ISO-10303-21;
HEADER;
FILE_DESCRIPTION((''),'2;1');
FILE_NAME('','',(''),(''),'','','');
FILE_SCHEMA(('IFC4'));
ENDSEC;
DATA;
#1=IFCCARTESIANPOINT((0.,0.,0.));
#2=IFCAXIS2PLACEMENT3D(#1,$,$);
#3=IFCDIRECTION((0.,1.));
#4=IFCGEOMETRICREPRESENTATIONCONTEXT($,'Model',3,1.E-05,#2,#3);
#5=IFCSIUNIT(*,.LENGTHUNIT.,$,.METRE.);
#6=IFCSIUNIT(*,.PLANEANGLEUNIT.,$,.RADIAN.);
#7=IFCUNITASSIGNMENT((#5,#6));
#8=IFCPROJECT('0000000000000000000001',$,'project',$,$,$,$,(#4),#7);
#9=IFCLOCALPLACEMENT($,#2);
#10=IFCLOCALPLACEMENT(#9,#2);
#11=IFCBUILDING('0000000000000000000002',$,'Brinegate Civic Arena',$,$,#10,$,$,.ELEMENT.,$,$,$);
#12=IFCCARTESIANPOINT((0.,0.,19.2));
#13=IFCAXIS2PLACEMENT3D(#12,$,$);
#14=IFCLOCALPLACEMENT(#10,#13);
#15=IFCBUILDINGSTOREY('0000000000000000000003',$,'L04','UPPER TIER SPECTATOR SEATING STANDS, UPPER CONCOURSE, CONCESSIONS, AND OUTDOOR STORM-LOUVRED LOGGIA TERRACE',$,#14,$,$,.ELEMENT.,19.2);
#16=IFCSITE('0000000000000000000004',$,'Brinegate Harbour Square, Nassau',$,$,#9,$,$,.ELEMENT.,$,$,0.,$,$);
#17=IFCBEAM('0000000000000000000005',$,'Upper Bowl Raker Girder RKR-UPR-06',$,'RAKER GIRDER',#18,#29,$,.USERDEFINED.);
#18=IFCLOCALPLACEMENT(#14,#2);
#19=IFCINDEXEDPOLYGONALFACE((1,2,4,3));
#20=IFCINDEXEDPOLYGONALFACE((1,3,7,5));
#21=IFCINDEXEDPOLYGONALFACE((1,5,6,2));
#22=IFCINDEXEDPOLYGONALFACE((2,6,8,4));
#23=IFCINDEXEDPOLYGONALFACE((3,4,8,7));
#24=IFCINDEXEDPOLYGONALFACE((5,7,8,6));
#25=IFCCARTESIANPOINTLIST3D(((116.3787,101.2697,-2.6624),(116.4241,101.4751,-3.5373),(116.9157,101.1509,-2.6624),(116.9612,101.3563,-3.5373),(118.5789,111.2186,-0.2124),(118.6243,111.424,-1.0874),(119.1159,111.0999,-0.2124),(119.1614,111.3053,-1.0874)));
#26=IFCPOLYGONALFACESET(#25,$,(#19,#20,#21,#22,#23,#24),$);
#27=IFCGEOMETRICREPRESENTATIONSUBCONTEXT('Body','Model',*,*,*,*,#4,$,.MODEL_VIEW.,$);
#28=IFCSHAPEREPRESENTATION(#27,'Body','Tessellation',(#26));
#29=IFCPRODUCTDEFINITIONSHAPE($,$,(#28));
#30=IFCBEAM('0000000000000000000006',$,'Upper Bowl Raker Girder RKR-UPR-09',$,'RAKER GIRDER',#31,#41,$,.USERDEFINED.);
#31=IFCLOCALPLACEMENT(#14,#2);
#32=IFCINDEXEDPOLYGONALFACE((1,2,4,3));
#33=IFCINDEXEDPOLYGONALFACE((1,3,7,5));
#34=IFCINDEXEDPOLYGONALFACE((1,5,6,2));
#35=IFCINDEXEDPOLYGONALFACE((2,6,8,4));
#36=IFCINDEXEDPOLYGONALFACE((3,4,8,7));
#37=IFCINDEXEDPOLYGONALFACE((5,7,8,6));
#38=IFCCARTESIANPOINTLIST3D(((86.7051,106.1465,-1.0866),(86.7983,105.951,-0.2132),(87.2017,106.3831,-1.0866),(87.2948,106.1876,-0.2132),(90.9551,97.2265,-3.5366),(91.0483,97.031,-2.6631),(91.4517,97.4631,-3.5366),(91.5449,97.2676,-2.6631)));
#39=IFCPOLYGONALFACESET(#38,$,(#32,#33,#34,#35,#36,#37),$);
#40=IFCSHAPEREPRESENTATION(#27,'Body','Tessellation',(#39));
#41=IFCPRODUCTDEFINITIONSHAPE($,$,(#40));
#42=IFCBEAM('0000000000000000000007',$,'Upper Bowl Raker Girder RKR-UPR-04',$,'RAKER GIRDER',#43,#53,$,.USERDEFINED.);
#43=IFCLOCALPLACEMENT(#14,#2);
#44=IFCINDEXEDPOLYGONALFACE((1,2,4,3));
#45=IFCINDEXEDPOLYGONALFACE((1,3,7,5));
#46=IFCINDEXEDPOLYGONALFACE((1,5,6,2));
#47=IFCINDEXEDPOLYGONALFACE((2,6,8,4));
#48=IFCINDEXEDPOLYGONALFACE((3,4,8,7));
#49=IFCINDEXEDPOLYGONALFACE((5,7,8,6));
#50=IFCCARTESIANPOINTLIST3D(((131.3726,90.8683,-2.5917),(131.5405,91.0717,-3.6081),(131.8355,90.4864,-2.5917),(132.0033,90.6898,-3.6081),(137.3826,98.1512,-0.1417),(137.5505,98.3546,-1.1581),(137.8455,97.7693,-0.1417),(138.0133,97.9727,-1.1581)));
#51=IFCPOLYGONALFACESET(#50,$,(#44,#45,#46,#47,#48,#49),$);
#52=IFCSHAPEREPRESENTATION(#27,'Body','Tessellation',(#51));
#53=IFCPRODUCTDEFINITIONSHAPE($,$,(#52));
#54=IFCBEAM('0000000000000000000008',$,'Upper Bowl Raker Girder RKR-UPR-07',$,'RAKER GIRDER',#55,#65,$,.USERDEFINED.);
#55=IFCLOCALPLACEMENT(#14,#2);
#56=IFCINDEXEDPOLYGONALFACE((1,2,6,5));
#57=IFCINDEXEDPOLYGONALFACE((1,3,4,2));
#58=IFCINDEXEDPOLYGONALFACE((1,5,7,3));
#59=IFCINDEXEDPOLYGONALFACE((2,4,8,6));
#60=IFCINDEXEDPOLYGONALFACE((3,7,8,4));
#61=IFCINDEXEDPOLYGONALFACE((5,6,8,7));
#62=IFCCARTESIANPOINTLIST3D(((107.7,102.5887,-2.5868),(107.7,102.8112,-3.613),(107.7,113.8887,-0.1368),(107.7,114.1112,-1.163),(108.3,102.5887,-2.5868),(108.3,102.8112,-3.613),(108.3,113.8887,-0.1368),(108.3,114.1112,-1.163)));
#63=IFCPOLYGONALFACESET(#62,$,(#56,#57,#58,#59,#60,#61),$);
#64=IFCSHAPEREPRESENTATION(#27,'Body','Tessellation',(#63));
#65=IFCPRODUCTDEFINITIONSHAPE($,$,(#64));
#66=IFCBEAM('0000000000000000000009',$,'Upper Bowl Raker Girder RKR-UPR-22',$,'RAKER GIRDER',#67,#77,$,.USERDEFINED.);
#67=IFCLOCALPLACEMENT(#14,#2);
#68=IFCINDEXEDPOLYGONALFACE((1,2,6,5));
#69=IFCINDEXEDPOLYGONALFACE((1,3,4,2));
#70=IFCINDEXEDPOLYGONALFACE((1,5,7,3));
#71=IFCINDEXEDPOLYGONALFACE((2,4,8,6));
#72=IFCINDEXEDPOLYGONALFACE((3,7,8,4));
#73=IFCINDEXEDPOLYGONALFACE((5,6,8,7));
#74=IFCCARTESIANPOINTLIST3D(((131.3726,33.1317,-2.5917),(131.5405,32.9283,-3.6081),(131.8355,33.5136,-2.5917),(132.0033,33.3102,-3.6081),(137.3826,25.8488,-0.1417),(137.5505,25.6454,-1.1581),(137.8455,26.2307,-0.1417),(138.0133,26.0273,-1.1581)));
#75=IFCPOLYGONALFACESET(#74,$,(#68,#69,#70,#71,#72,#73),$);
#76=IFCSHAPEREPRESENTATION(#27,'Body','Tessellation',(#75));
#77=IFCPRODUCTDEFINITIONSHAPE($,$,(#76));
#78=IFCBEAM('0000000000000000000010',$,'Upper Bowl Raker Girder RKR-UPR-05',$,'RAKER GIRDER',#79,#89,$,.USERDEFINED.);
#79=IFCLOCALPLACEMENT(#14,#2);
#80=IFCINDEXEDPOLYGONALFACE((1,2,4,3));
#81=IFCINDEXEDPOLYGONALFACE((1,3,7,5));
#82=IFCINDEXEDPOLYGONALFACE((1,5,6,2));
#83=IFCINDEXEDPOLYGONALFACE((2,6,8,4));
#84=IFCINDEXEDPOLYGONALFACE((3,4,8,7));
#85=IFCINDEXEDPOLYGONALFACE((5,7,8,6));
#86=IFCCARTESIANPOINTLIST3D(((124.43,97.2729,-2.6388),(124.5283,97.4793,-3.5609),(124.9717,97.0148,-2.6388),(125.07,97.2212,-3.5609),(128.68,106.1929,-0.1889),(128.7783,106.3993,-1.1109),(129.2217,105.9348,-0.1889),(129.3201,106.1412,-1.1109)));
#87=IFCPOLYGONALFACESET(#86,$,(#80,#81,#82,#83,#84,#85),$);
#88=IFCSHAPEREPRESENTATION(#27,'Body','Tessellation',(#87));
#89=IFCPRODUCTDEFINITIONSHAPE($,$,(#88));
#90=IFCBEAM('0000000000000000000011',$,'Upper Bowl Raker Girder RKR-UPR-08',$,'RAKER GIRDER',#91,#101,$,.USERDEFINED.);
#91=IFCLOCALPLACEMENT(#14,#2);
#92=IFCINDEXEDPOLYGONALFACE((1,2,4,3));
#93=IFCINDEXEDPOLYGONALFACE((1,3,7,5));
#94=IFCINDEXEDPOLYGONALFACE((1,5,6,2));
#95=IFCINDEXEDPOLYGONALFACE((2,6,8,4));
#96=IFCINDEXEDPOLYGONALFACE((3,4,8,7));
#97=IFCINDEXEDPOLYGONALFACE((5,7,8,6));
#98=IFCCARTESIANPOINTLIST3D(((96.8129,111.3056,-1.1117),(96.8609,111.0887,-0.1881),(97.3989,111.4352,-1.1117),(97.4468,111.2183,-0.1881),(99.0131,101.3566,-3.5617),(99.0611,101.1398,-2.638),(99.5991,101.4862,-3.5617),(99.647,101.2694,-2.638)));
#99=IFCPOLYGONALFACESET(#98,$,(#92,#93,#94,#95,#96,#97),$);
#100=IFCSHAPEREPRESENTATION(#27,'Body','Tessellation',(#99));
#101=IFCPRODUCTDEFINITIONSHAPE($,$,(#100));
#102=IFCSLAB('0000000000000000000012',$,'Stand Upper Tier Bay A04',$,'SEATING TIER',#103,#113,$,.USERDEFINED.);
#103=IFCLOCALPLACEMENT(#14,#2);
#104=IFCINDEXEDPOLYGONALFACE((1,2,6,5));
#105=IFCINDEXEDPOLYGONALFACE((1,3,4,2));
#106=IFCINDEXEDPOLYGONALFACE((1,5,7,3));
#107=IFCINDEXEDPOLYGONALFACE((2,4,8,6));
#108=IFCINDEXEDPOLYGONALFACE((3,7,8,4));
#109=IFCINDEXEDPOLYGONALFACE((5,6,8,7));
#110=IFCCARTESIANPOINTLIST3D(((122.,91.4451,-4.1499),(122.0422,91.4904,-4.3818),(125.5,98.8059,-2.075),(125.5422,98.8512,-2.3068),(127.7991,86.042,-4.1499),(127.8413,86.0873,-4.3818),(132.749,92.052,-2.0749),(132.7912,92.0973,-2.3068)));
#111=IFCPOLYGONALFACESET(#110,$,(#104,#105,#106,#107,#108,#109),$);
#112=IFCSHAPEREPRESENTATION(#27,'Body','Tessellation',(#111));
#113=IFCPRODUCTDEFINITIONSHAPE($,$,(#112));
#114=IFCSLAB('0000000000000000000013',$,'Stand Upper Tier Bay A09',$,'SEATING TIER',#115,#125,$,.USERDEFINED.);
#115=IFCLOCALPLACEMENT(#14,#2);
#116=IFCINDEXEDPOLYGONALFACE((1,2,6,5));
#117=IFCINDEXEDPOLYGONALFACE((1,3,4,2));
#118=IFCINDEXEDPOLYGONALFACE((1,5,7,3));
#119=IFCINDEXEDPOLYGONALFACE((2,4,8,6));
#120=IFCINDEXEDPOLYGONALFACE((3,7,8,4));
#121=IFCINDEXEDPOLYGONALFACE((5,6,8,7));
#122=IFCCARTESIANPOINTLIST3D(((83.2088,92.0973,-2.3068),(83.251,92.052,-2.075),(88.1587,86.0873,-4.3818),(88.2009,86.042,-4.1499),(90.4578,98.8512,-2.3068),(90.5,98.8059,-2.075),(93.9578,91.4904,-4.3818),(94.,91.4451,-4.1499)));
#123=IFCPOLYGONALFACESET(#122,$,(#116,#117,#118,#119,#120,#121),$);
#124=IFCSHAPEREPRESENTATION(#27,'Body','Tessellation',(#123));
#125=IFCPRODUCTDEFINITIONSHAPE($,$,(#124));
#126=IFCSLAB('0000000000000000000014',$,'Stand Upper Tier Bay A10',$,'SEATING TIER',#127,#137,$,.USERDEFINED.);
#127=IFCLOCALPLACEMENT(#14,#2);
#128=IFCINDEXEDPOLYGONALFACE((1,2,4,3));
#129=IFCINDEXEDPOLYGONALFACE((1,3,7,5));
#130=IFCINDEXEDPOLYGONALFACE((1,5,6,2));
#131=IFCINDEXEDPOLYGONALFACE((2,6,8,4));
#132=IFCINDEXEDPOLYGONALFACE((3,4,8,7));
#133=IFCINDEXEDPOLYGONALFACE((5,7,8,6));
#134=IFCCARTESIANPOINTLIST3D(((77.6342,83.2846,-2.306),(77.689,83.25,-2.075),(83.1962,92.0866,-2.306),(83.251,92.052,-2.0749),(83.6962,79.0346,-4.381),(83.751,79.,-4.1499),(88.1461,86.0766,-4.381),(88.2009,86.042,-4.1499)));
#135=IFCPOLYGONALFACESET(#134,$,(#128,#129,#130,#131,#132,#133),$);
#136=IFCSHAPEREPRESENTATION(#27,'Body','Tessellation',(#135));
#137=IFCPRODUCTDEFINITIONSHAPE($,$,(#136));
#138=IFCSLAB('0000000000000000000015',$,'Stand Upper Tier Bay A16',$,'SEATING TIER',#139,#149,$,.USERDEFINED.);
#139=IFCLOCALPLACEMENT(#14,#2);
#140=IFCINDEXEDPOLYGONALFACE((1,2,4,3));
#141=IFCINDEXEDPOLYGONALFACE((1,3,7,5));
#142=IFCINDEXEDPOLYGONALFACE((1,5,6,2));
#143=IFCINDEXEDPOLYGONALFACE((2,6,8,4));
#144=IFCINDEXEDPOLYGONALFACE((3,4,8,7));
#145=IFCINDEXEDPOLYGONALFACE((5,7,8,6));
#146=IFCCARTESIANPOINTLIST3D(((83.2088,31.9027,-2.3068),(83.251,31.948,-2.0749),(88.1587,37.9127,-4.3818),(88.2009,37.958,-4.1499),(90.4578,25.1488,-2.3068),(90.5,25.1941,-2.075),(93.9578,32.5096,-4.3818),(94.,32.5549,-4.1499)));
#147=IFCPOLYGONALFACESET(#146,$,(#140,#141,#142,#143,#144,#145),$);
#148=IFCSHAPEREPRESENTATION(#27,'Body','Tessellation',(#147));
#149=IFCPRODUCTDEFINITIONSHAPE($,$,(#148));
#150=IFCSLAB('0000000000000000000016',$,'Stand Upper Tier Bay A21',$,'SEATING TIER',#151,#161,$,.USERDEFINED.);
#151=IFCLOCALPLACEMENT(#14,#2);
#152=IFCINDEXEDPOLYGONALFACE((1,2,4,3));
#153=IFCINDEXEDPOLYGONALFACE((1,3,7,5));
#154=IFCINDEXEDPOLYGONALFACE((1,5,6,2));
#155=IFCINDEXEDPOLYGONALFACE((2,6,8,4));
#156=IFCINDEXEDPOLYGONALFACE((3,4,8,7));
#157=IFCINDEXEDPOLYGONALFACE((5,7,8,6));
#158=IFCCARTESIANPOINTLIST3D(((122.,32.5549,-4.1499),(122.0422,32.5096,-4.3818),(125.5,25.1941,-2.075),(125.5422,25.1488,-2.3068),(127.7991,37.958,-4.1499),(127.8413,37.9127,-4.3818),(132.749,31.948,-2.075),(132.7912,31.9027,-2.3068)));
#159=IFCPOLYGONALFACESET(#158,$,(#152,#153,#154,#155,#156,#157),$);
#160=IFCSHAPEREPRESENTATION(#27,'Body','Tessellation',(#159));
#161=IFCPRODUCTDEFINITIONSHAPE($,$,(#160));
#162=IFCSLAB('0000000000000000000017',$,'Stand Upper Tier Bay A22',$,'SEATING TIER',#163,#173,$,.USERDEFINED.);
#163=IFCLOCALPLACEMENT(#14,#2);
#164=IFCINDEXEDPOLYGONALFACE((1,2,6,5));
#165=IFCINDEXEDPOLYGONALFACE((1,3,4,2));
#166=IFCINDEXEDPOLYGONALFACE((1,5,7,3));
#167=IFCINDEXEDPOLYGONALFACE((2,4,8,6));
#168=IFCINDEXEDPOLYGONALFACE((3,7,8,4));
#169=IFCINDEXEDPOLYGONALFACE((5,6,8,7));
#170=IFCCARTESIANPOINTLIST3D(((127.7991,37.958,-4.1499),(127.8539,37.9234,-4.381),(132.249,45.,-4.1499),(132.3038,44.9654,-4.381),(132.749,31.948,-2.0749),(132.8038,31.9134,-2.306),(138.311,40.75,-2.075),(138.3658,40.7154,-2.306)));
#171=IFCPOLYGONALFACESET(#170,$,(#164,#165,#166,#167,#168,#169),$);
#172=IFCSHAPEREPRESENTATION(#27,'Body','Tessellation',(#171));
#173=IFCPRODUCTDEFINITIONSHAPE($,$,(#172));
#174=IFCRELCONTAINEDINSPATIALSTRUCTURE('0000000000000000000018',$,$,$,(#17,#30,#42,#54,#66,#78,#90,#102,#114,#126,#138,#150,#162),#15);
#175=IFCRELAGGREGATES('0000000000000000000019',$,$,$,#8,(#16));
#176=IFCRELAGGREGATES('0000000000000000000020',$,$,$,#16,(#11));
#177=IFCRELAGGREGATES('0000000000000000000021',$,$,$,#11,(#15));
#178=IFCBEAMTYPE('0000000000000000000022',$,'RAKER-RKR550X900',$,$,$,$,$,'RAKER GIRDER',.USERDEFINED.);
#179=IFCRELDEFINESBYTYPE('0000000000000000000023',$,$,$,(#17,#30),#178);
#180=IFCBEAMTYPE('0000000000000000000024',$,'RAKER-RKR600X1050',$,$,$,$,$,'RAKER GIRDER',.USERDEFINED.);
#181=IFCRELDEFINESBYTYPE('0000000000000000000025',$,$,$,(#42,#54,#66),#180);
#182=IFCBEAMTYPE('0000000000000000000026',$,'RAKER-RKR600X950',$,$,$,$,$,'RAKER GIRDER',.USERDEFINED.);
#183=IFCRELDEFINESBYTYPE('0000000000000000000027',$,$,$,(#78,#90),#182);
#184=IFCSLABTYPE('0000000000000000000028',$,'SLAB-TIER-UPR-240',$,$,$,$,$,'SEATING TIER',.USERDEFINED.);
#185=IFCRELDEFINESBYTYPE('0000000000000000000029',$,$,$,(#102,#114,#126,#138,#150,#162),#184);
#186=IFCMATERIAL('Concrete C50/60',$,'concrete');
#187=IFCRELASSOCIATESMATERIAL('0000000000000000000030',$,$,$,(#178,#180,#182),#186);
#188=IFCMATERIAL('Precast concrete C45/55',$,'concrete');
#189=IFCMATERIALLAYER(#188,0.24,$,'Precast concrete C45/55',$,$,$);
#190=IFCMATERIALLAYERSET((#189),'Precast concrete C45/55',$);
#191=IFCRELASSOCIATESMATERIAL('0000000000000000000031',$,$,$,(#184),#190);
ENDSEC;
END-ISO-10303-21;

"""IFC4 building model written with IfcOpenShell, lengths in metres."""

from ifc_helpers import new_model, si_unit, direction, frame, origin, origin_2d, place, context, subcontext, project, spatial, polyline, rectangle, outline, extrude, material, layer, layer_set, material_profile, profile_set, type_object, element, save


model = new_model("IFC4")

# Units and contexts
model_context = context("Model", 3, precision=1e-05, world=origin(), true_north=direction((0.0, 1.0)))
body_context = subcontext(model_context, "Body", "Model", "MODEL_VIEW")
ifc_project = project(units=[si_unit("LENGTHUNIT", "METRE"), si_unit("PLANEANGLEUNIT", "RADIAN")], contexts=[model_context])

# Site, building, storey
site_placement = place(None, origin())
site = spatial("IfcSite", under=ifc_project, at=site_placement, Name="Brinegate Harbour Square, Nassau", CompositionType="ELEMENT", RefElevation=0.0)
building_placement = place(site_placement, origin())
building = spatial("IfcBuilding", under=site, at=building_placement, Name="Brinegate Civic Arena", CompositionType="ELEMENT")
storey_placement = place(building_placement, frame((0.0, 0.0, 19.2)))
storey = spatial("IfcBuildingStorey", under=building, at=storey_placement, Name="L04", Description="UPPER TIER SPECTATOR SEATING STANDS, UPPER CONCOURSE, CONCESSIONS, AND OUTDOOR STORM-LOUVRED LOGGIA TERRACE", CompositionType="ELEMENT", Elevation=19.2)

# Beams
ifc_material_1 = material(Name="Concrete C50/60", Category="concrete")
ifc_material_profile_1 = material_profile(ifc_material_1, rectangle(XDim=0.55, YDim=0.8999, at=origin_2d()), Name="RKR550X900")
ifc_profile_set_1 = profile_set([ifc_material_profile_1], Name="Concrete C50/60")
beam_type_1 = type_object("IfcBeamType", Name="RAKER-RKR550X900", ElementType="RAKER GIRDER", PredefinedType="USERDEFINED", material=ifc_profile_set_1)
beam_1_placement = place(storey_placement, frame((116.6699, 101.313, -3.0999), z_axis=(0.209947, 0.949352, 0.233779), x_axis=(-0.976409, 0.215931, 0.0)))
element("IfcBeam", 1, at=beam_1_placement, inside=storey, type_object=beam_type_1, Name="Upper Bowl Raker Girder RKR-UPR-06", ObjectType="RAKER GIRDER", PredefinedType="USERDEFINED", context=body_context, shape_type="SweptSolid", body=[
    extrude(rectangle(XDim=0.55, YDim=0.8999, at=origin_2d()), origin(), (0.0, 0.0, 1.0), 10.4797),
])
beam_2_placement = place(storey_placement, frame((91.25, 97.2471, -3.0999), z_axis=(-0.417491, 0.876231, 0.240666), x_axis=(-0.902765, -0.430133, 0.0)))
element("IfcBeam", 2, at=beam_2_placement, inside=storey, type_object=beam_type_1, Name="Upper Bowl Raker Girder RKR-UPR-09", ObjectType="RAKER GIRDER", PredefinedType="USERDEFINED", context=body_context, shape_type="SweptSolid", body=[
    extrude(rectangle(XDim=0.55, YDim=0.8999, at=origin_2d()), origin(), (0.0, 0.0, 1.0), 10.1799),
])
ifc_material_profile_2 = material_profile(ifc_material_1, rectangle(XDim=0.6001, YDim=1.05, at=origin_2d()), Name="RKR600X1050")
ifc_profile_set_2 = profile_set([ifc_material_profile_2], Name="Concrete C50/60")
beam_type_2 = type_object("IfcBeamType", Name="RAKER-RKR600X1050", ElementType="RAKER GIRDER", PredefinedType="USERDEFINED", material=ifc_profile_set_2)
beam_3_placement = place(storey_placement, frame((131.688, 90.7791, -3.0999), z_axis=(0.616083, 0.746572, 0.251143), x_axis=(-0.771292, 0.636482, 0.0)))
element("IfcBeam", 3, at=beam_3_placement, inside=storey, type_object=beam_type_2, Name="Upper Bowl Raker Girder RKR-UPR-04", ObjectType="RAKER GIRDER", PredefinedType="USERDEFINED", context=body_context, shape_type="SweptSolid", body=[
    extrude(rectangle(XDim=0.6001, YDim=1.05, at=origin_2d()), origin(), (0.0, 0.0, 1.0), 9.7551),
])
beam_4_placement = place(storey_placement, frame((108.0, 102.7, -3.0999), z_axis=(0.0, 0.977294, 0.211886), x_axis=(-1.0, 0.0, 0.0)))
element("IfcBeam", 4, at=beam_4_placement, inside=storey, type_object=beam_type_2, Name="Upper Bowl Raker Girder RKR-UPR-07", ObjectType="RAKER GIRDER", PredefinedType="USERDEFINED", context=body_context, shape_type="SweptSolid", body=[
    extrude(rectangle(XDim=0.6001, YDim=1.05, at=origin_2d()), origin(), (0.0, 0.0, 1.0), 11.5625),
])
beam_5_placement = place(storey_placement, frame((131.688, 33.2209, -3.0999), z_axis=(0.616083, -0.746572, 0.251143), x_axis=(0.771292, 0.636482, 0.0)))
element("IfcBeam", 5, at=beam_5_placement, inside=storey, type_object=beam_type_2, Name="Upper Bowl Raker Girder RKR-UPR-22", ObjectType="RAKER GIRDER", PredefinedType="USERDEFINED", context=body_context, shape_type="SweptSolid", body=[
    extrude(rectangle(XDim=0.6001, YDim=1.05, at=origin_2d()), origin(), (0.0, 0.0, 1.0), 9.7551),
])
ifc_material_profile_3 = material_profile(ifc_material_1, rectangle(XDim=0.6001, YDim=0.95, at=origin_2d()), Name="RKR600X950")
ifc_profile_set_3 = profile_set([ifc_material_profile_3], Name="Concrete C50/60")
beam_type_3 = type_object("IfcBeamType", Name="RAKER-RKR600X950", ElementType="RAKER GIRDER", PredefinedType="USERDEFINED", material=ifc_profile_set_3)
beam_6_placement = place(storey_placement, frame((124.75, 97.2471, -3.0999), z_axis=(0.417491, 0.876231, 0.240666), x_axis=(-0.902765, 0.430133, 0.0)))
element("IfcBeam", 6, at=beam_6_placement, inside=storey, type_object=beam_type_3, Name="Upper Bowl Raker Girder RKR-UPR-05", ObjectType="RAKER GIRDER", PredefinedType="USERDEFINED", context=body_context, shape_type="SweptSolid", body=[
    extrude(rectangle(XDim=0.6001, YDim=0.95, at=origin_2d()), origin(), (0.0, 0.0, 1.0), 10.1799),
])
beam_7_placement = place(storey_placement, frame((99.3301, 101.313, -3.0999), z_axis=(-0.209947, 0.949352, 0.233779), x_axis=(-0.976409, -0.215931, 0.0)))
element("IfcBeam", 7, at=beam_7_placement, inside=storey, type_object=beam_type_3, Name="Upper Bowl Raker Girder RKR-UPR-08", ObjectType="RAKER GIRDER", PredefinedType="USERDEFINED", context=body_context, shape_type="SweptSolid", body=[
    extrude(rectangle(XDim=0.6001, YDim=0.95, at=origin_2d()), origin(), (0.0, 0.0, 1.0), 10.4797),
])

# Slabs
ifc_material_2 = material(Name="Precast concrete C45/55", Category="concrete")
ifc_layer = layer(ifc_material_2, 0.24, Name="Precast concrete C45/55")
ifc_layer_set = layer_set([ifc_layer], Name="Precast concrete C45/55")
slab_type = type_object("IfcSlabType", Name="SLAB-TIER-UPR-240", ElementType="SEATING TIER", PredefinedType="USERDEFINED", material=ifc_layer_set)
slab_1_placement = place(storey_placement, frame((127.7991, 86.042, -4.1499), z_axis=(-0.175846, -0.188736, 0.966156), x_axis=(-0.731646, 0.681685, 0.000001)))
element("IfcSlab", 8, at=slab_1_placement, inside=storey, type_object=slab_type, Name="Stand Upper Tier Bay A04", ObjectType="SEATING TIER", PredefinedType="USERDEFINED", context=body_context, shape_type="SweptSolid", body=[
    extrude(outline(polyline([(0.0, 0.0), (7.9261, 0.0), (10.3831, -8.0437), (0.4753, -8.0437), (0.0, 0.0)])), origin(), (0.0, 0.0, -1.0), 0.24),
])
slab_2_placement = place(storey_placement, frame((94.0, 91.4451, -4.1499), z_axis=(0.175846, -0.188736, 0.966156), x_axis=(-0.731646, -0.681685, -0.000001)))
element("IfcSlab", 9, at=slab_2_placement, inside=storey, type_object=slab_type, Name="Stand Upper Tier Bay A09", ObjectType="SEATING TIER", PredefinedType="USERDEFINED", context=body_context, shape_type="SweptSolid", body=[
    extrude(outline(polyline([(0.0, 0.0), (7.9261, 0.0), (7.4507, -8.0437), (-2.457, -8.0437), (0.0, 0.0)])), origin(), (0.0, 0.0, -1.0), 0.24),
])
slab_3_placement = place(storey_placement, frame((88.2009, 86.042, -4.1499), z_axis=(0.22838, -0.144316, 0.962816), x_axis=(-0.534197, -0.84536, 0.000001)))
element("IfcSlab", 10, at=slab_3_placement, inside=storey, type_object=slab_type, Name="Stand Upper Tier Bay A10", ObjectType="SEATING TIER", PredefinedType="USERDEFINED", context=body_context, shape_type="SweptSolid", body=[
    extrude(outline(polyline([(0.0, 0.0), (8.3302, 0.0), (7.9757, -7.6805), (-2.4364, -7.6806), (0.0, 0.0)])), origin(), (0.0, 0.0, -1.0), 0.24),
])
slab_4_placement = place(storey_placement, frame((88.2009, 37.958, -4.1499), z_axis=(0.175846, 0.188736, 0.966156), x_axis=(0.731646, -0.681685, 0.000001)))
element("IfcSlab", 11, at=slab_4_placement, inside=storey, type_object=slab_type, Name="Stand Upper Tier Bay A16", ObjectType="SEATING TIER", PredefinedType="USERDEFINED", context=body_context, shape_type="SweptSolid", body=[
    extrude(outline(polyline([(0.0, 0.0), (7.9261, 0.0), (10.3831, -8.0437), (0.4753, -8.0437), (0.0, 0.0)])), origin(), (0.0, 0.0, -1.0), 0.24),
])
slab_5_placement = place(storey_placement, frame((122.0, 32.5549, -4.1499), z_axis=(-0.175846, 0.188736, 0.966156), x_axis=(0.731646, 0.681685, -0.000001)))
element("IfcSlab", 12, at=slab_5_placement, inside=storey, type_object=slab_type, Name="Stand Upper Tier Bay A21", ObjectType="SEATING TIER", PredefinedType="USERDEFINED", context=body_context, shape_type="SweptSolid", body=[
    extrude(outline(polyline([(0.0, 0.0), (7.9261, 0.0), (7.4507, -8.0437), (-2.457, -8.0437), (0.0, 0.0)])), origin(), (0.0, 0.0, -1.0), 0.24),
])
slab_6_placement = place(storey_placement, frame((127.7991, 37.958, -4.1499), z_axis=(-0.22838, 0.144316, 0.962816), x_axis=(0.534197, 0.84536, 0.000001)))
element("IfcSlab", 13, at=slab_6_placement, inside=storey, type_object=slab_type, Name="Stand Upper Tier Bay A22", ObjectType="SEATING TIER", PredefinedType="USERDEFINED", context=body_context, shape_type="SweptSolid", body=[
    extrude(outline(polyline([(0.0, 0.0), (8.3302, 0.0), (7.9757, -7.6805), (-2.4364, -7.6806), (0.0, 0.0)])), origin(), (0.0, 0.0, -1.0), 0.24),
])

save(model, "model.ifc")
